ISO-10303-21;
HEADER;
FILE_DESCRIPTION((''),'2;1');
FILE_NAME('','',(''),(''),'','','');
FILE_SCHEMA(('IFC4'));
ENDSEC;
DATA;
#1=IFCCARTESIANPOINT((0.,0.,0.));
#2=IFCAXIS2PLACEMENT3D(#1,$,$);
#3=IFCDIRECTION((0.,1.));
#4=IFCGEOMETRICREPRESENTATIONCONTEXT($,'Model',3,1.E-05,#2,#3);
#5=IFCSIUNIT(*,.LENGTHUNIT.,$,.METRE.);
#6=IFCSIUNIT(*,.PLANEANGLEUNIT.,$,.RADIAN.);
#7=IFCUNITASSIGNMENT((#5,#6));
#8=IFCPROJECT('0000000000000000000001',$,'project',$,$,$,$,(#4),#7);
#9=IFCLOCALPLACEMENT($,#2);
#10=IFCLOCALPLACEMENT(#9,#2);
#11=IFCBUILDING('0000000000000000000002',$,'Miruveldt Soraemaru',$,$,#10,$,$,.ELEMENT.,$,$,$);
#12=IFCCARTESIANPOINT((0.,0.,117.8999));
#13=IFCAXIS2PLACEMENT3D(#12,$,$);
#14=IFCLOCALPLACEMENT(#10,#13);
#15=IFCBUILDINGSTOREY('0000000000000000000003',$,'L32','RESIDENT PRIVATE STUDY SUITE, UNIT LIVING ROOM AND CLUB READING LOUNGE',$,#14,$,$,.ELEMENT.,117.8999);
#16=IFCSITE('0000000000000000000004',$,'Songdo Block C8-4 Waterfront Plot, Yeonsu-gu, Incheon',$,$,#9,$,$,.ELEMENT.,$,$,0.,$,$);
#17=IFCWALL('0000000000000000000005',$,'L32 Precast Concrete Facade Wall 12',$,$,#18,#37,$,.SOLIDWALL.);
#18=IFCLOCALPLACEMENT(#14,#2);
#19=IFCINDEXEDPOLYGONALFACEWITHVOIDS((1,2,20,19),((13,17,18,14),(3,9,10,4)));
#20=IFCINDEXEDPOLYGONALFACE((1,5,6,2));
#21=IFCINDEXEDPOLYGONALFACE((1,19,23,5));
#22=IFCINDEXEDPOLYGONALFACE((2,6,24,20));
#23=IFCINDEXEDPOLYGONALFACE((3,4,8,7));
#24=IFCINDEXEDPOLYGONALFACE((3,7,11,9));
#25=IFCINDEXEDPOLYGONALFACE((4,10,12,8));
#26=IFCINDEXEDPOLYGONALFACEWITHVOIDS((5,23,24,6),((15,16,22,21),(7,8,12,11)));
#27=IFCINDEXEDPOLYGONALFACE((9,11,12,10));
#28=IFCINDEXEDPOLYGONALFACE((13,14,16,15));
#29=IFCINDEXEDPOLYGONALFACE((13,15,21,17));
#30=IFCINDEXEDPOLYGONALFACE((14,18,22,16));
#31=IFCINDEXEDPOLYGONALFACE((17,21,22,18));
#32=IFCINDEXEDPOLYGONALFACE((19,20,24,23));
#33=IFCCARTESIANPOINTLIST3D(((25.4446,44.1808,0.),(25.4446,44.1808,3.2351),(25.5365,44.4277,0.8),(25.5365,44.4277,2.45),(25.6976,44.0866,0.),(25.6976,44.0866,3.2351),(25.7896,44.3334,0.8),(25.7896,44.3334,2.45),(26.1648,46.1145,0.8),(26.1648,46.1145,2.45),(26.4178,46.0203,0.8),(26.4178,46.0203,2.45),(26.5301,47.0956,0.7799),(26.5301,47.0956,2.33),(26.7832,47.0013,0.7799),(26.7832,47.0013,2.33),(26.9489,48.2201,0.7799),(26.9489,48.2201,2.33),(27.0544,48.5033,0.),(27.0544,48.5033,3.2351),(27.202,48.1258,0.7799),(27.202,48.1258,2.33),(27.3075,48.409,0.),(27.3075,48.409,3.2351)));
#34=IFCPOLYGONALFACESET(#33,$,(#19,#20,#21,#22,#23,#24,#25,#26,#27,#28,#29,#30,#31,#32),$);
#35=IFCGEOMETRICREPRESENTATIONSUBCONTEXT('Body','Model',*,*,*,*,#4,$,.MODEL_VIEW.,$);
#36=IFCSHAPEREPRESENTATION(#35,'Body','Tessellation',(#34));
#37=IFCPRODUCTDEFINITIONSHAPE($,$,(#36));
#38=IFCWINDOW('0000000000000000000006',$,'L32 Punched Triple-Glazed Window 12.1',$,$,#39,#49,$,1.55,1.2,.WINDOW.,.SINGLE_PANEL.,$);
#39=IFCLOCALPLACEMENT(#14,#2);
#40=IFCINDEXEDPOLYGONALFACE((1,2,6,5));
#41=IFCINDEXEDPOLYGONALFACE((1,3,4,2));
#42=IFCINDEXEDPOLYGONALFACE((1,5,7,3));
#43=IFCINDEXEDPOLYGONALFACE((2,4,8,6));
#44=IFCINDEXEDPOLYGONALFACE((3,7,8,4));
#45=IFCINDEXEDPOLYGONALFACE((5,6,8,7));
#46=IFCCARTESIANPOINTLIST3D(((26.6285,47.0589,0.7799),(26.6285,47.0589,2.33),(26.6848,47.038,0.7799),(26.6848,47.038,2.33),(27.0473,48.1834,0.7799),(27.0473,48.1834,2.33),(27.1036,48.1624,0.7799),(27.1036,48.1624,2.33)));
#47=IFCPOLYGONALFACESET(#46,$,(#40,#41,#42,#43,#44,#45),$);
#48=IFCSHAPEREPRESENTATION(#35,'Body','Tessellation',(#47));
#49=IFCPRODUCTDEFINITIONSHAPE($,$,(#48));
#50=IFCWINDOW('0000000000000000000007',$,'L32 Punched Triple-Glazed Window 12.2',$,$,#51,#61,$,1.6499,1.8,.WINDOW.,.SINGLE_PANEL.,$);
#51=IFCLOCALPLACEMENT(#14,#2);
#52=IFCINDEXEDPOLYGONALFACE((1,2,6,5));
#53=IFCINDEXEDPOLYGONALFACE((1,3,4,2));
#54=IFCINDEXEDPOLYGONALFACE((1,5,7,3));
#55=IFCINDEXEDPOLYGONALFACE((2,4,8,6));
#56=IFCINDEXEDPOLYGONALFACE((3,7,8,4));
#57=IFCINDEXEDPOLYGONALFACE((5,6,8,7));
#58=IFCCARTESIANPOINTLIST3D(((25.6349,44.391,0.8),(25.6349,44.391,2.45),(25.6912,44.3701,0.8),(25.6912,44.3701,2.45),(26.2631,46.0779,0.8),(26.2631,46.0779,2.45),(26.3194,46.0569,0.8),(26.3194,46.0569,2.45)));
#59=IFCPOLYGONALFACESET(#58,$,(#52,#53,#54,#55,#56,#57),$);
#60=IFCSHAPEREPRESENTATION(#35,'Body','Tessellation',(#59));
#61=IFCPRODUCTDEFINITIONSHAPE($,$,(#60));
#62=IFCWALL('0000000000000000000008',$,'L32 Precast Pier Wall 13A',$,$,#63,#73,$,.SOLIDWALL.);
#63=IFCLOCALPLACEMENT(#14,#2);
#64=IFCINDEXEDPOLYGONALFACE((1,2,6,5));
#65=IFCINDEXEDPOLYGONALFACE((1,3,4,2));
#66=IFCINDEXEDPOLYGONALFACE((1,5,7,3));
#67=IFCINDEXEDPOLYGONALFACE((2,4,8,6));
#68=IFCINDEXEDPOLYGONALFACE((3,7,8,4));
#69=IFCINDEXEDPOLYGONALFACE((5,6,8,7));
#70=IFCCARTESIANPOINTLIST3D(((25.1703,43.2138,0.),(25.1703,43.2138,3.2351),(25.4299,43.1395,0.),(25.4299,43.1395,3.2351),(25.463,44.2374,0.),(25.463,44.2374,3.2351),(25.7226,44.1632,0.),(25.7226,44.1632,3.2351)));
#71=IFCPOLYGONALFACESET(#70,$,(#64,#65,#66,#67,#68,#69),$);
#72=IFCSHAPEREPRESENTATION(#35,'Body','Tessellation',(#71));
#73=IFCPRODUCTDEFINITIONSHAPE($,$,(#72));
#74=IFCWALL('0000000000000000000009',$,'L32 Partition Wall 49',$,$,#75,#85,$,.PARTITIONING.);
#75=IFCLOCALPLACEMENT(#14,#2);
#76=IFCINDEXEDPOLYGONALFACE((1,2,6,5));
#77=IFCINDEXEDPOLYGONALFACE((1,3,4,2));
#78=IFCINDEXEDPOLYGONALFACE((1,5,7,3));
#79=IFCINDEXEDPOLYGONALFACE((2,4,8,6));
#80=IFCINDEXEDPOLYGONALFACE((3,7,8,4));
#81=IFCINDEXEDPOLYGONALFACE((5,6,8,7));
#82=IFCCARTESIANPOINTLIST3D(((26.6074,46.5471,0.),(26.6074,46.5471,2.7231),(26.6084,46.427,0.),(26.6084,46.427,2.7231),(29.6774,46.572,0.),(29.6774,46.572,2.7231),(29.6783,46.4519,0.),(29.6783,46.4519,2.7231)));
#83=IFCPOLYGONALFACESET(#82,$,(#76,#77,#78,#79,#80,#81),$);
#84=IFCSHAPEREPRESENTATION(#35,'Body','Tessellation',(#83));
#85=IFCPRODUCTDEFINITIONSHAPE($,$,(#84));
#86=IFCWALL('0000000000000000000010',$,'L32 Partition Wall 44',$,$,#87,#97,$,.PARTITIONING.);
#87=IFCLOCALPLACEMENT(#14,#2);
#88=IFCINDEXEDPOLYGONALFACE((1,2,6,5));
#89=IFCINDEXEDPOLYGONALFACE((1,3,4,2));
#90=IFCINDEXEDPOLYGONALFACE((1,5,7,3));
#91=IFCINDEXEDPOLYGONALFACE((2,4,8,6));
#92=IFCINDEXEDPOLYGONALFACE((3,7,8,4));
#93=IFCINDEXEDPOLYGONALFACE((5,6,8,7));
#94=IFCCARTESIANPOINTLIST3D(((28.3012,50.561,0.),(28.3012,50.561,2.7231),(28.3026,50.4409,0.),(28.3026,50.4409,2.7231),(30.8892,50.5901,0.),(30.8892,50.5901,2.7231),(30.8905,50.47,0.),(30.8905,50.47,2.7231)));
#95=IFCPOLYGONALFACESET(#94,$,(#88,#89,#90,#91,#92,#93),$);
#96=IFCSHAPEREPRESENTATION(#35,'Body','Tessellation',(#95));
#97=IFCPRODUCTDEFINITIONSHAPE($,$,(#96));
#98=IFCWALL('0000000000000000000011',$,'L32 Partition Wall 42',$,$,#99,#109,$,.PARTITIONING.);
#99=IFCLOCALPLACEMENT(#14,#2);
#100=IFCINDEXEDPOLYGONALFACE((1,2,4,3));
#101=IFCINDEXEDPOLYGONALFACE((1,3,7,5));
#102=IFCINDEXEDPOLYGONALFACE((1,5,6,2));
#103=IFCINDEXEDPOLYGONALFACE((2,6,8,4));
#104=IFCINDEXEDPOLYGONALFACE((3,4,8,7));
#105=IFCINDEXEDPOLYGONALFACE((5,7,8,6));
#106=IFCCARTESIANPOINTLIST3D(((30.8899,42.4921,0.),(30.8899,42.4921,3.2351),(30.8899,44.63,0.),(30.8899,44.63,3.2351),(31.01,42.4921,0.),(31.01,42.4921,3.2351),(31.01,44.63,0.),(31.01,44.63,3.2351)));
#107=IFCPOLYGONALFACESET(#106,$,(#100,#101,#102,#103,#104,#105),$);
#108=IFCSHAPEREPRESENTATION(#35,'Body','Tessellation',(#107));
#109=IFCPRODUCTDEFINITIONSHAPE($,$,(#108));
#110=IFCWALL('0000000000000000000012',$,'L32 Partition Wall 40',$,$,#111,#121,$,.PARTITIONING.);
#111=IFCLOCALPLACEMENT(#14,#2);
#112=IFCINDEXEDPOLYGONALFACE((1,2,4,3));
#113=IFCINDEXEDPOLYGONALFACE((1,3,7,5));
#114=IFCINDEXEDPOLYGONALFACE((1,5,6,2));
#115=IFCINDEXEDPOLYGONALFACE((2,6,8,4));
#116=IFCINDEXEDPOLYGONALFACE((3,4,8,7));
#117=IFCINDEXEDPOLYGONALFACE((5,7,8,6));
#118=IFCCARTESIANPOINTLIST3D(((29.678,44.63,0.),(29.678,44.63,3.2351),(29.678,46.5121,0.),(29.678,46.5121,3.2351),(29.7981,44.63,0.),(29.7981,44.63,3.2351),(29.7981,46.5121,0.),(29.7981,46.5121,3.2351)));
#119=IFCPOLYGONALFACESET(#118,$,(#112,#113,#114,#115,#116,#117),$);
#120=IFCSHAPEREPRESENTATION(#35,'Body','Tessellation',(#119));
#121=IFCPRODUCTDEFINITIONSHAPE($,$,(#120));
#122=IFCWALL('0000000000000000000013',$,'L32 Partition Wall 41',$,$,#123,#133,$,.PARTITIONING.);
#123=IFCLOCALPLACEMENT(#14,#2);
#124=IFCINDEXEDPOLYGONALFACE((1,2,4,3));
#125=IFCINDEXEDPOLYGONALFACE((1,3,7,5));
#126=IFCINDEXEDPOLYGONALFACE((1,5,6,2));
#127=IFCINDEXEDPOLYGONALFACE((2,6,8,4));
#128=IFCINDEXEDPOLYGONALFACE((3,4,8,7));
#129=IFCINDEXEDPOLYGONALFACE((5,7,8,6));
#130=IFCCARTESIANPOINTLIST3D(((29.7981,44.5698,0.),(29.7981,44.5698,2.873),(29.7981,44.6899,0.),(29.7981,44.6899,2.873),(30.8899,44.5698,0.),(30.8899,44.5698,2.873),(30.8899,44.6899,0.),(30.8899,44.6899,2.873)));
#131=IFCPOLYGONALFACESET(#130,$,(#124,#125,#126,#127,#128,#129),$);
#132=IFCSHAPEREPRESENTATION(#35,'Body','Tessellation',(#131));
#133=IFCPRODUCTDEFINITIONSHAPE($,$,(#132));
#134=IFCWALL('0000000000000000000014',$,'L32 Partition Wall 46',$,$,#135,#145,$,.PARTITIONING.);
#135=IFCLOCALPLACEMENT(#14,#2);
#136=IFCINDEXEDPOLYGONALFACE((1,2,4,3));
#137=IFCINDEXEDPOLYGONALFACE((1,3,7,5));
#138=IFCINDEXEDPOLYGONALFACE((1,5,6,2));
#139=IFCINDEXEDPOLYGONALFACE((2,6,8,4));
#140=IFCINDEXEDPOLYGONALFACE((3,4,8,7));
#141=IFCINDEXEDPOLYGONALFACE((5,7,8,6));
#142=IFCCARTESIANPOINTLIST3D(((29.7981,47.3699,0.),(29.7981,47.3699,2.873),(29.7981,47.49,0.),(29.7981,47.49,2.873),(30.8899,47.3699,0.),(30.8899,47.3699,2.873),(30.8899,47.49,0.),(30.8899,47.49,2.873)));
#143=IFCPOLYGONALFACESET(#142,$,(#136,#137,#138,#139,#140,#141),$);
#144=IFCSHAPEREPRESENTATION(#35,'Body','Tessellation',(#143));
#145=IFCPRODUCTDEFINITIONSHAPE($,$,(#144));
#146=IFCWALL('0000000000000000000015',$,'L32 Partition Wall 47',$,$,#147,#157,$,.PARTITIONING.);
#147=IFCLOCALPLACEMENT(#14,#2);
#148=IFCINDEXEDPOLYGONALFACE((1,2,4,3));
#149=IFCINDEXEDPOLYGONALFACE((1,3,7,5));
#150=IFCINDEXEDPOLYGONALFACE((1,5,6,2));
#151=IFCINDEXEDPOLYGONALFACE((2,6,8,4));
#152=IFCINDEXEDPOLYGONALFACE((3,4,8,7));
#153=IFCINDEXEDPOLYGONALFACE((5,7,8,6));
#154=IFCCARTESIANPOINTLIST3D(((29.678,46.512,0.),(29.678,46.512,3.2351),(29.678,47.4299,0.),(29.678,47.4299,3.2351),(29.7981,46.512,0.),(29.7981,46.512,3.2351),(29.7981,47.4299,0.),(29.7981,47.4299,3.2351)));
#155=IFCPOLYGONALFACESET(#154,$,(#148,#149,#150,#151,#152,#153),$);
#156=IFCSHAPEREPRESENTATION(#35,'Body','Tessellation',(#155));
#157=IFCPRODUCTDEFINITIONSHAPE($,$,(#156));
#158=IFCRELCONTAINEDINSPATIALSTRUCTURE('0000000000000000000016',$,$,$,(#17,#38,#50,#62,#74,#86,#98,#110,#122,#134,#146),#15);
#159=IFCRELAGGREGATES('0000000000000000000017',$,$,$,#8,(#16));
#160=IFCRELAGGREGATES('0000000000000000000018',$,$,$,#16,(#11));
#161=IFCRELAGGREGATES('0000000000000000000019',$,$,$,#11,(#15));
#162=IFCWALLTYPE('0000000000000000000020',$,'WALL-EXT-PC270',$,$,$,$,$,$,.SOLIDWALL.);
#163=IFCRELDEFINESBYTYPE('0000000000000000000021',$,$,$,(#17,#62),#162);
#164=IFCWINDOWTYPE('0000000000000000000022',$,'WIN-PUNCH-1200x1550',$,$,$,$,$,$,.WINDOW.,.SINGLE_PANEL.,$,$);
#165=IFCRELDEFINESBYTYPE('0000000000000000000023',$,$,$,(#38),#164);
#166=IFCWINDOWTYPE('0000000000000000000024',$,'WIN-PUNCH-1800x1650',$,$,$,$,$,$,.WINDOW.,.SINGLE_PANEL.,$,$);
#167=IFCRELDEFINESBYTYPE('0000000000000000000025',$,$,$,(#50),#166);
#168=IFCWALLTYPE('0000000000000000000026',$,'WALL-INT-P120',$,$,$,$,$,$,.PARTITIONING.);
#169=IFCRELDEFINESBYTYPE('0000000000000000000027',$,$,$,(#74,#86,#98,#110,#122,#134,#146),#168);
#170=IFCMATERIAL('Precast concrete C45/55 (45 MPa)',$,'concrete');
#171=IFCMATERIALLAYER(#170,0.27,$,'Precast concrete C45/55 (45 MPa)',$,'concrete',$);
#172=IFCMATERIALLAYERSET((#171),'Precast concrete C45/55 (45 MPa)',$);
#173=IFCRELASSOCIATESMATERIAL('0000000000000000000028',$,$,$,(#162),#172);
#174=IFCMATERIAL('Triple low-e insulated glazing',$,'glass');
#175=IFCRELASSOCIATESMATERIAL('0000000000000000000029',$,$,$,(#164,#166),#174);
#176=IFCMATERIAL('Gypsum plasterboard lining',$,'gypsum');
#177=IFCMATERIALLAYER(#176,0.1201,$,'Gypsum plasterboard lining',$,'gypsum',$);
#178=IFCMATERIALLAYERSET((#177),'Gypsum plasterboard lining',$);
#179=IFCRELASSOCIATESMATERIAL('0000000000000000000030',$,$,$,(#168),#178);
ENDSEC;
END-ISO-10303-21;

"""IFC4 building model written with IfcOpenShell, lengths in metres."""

from ifc_helpers import new_model, si_unit, direction, frame, frame_2d, origin, place, context, subcontext, project, spatial, rectangle, extrude, material, layer, layer_set, type_object, element, fill, save


model = new_model("IFC4")

# Units and contexts
model_context = context("Model", 3, precision=1e-05, world=origin(), true_north=direction((0.0, 1.0)))
body_context = subcontext(model_context, "Body", "Model", "MODEL_VIEW")
ifc_project = project(units=[si_unit("LENGTHUNIT", "METRE"), si_unit("PLANEANGLEUNIT", "RADIAN")], contexts=[model_context])

# Site, building, storey
site_placement = place(None, origin())
site = spatial("IfcSite", under=ifc_project, at=site_placement, Name="Songdo Block C8-4 Waterfront Plot, Yeonsu-gu, Incheon", CompositionType="ELEMENT", RefElevation=0.0)
building_placement = place(site_placement, origin())
building = spatial("IfcBuilding", under=site, at=building_placement, Name="Miruveldt Soraemaru", CompositionType="ELEMENT")
storey_placement = place(building_placement, frame((0.0, 0.0, 117.8999)))
storey = spatial("IfcBuildingStorey", under=building, at=storey_placement, Name="L32", Description="RESIDENT PRIVATE STUDY SUITE, UNIT LIVING ROOM AND CLUB READING LOUNGE", CompositionType="ELEMENT", Elevation=117.8999)

# Shared definitions
ifc_material_1 = material(Name="Triple low-e insulated glazing", Category="glass")

# Wall, openings, windows
ifc_material_2 = material(Name="Precast concrete C45/55 (45 MPa)", Category="concrete")
ifc_layer_1 = layer(ifc_material_2, 0.27, Name="Precast concrete C45/55 (45 MPa)", Category="concrete")
ifc_layer_set_1 = layer_set([ifc_layer_1], Name="Precast concrete C45/55 (45 MPa)")
wall_type_1 = type_object("IfcWallType", Name="WALL-EXT-PC270", PredefinedType="SOLIDWALL", material=ifc_layer_set_1)
wall_1_placement = place(storey_placement, frame((27.1809, 48.4561, 0.0), z_axis=(0.0, 0.0, 1.0), x_axis=(-0.349017, -0.937116, 0.0)))
wall_1 = element("IfcWall", 1, at=wall_1_placement, inside=storey, type_object=wall_type_1, Name="L32 Precast Concrete Facade Wall 12", PredefinedType="SOLIDWALL", context=body_context, shape_type="SweptSolid", body=[
    extrude(rectangle(XDim=4.6125, YDim=0.27, at=frame_2d((2.3062, 0.0))), origin(), (0.0, 0.0, 1.0), 3.2351),
])
opening_1_placement = place(wall_1_placement, frame((0.302, 0.0, 0.78)))
opening_1 = element("IfcOpeningElement", 2, at=opening_1_placement, cuts=wall_1, PredefinedType="OPENING", context=body_context, shape_type="SweptSolid", body=[
    extrude(rectangle(XDim=1.2, YDim=1.55, at=frame_2d((0.6001, 0.7749))), frame((0.0, 0.145, 0.0), z_axis=(0.0, -1.0, 0.0), x_axis=(1.0, 0.0, 0.0)), (0.0, 0.0, 1.0), 0.29),
])
opening_2_placement = place(wall_1_placement, frame((2.5491, 0.0, 0.8)))
opening_2 = element("IfcOpeningElement", 3, at=opening_2_placement, cuts=wall_1, PredefinedType="OPENING", context=body_context, shape_type="SweptSolid", body=[
    extrude(rectangle(XDim=1.8, YDim=1.6499, at=frame_2d((0.8999, 0.825))), frame((0.0, 0.145, 0.0), z_axis=(0.0, -1.0, 0.0), x_axis=(1.0, 0.0, 0.0)), (0.0, 0.0, 1.0), 0.29),
])
window_type_1 = type_object("IfcWindowType", Name="WIN-PUNCH-1200x1550", PartitioningType="SINGLE_PANEL", PredefinedType="WINDOW", material=ifc_material_1)
window_1_placement = place(opening_1_placement, origin())
window_1 = element("IfcWindow", 4, at=window_1_placement, inside=storey, type_object=window_type_1, Name="L32 Punched Triple-Glazed Window 12.1", OverallHeight=1.55, OverallWidth=1.2, PartitioningType="SINGLE_PANEL", PredefinedType="WINDOW", context=body_context, shape_type="SweptSolid", body=[
    extrude(rectangle(XDim=1.2, YDim=1.55, at=frame_2d((0.6001, 0.7749))), frame((0.0, 0.03, 0.0), z_axis=(0.0, -1.0, 0.0), x_axis=(1.0, 0.0, 0.0)), (0.0, 0.0, 1.0), 0.0601),
])
fill(opening_1, window_1)
window_type_2 = type_object("IfcWindowType", Name="WIN-PUNCH-1800x1650", PartitioningType="SINGLE_PANEL", PredefinedType="WINDOW", material=ifc_material_1)
window_2_placement = place(opening_2_placement, origin())
window_2 = element("IfcWindow", 5, at=window_2_placement, inside=storey, type_object=window_type_2, Name="L32 Punched Triple-Glazed Window 12.2", OverallHeight=1.6499, OverallWidth=1.8, PartitioningType="SINGLE_PANEL", PredefinedType="WINDOW", context=body_context, shape_type="SweptSolid", body=[
    extrude(rectangle(XDim=1.8, YDim=1.6499, at=frame_2d((0.8999, 0.825))), frame((0.0, 0.03, 0.0), z_axis=(0.0, -1.0, 0.0), x_axis=(1.0, 0.0, 0.0)), (0.0, 0.0, 1.0), 0.0601),
])
fill(opening_2, window_2)

# Walls
wall_2_placement = place(storey_placement, frame((25.5928, 44.2002, 0.0), z_axis=(0.0, 0.0, 1.0), x_axis=(-0.274933, -0.961463, 0.0)))
element("IfcWall", 6, at=wall_2_placement, inside=storey, type_object=wall_type_1, Name="L32 Precast Pier Wall 13A", PredefinedType="SOLIDWALL", context=body_context, shape_type="SweptSolid", body=[
    extrude(rectangle(XDim=1.0647, YDim=0.27, at=frame_2d((0.5322, 0.0))), origin(), (0.0, 0.0, 1.0), 3.2351),
])
ifc_material_3 = material(Name="Gypsum plasterboard lining", Category="gypsum")
ifc_layer_2 = layer(ifc_material_3, 0.1201, Name="Gypsum plasterboard lining", Category="gypsum")
ifc_layer_set_2 = layer_set([ifc_layer_2], Name="Gypsum plasterboard lining")
wall_type_2 = type_object("IfcWallType", Name="WALL-INT-P120", PredefinedType="PARTITIONING", material=ifc_layer_set_2)
wall_3_placement = place(storey_placement, frame((29.678, 46.512, 0.0), z_axis=(0.0, 0.0, 1.0), x_axis=(-0.999967, -0.008111, 0.0)))
element("IfcWall", 7, at=wall_3_placement, inside=storey, type_object=wall_type_2, Name="L32 Partition Wall 49", PredefinedType="PARTITIONING", context=body_context, shape_type="SweptSolid", body=[
    extrude(rectangle(XDim=3.0701, YDim=0.1201, at=frame_2d((1.5352, 0.0))), origin(), (0.0, 0.0, 1.0), 2.7231),
])
wall_4_placement = place(storey_placement, frame((28.302, 50.501, 0.0), z_axis=(0.0, 0.0, 1.0), x_axis=(0.999937, 0.011226, 0.0)))
element("IfcWall", 8, at=wall_4_placement, inside=storey, type_object=wall_type_2, Name="L32 Partition Wall 44", PredefinedType="PARTITIONING", context=body_context, shape_type="SweptSolid", body=[
    extrude(rectangle(XDim=2.5881, YDim=0.1201, at=frame_2d((1.2939, 0.0))), origin(), (0.0, 0.0, 1.0), 2.7231),
])
wall_5_placement = place(storey_placement, frame((30.95, 44.6299, 0.0), z_axis=(0.0, 0.0, 1.0), x_axis=(0.0, -1.0, 0.0)))
element("IfcWall", 9, at=wall_5_placement, inside=storey, type_object=wall_type_2, Name="L32 Partition Wall 42", PredefinedType="PARTITIONING", context=body_context, shape_type="SweptSolid", body=[
    extrude(rectangle(XDim=2.1379, YDim=0.1201, at=frame_2d((1.0688, 0.0))), origin(), (0.0, 0.0, 1.0), 3.2351),
])
wall_6_placement = place(storey_placement, frame((29.738, 46.512, 0.0), z_axis=(0.0, 0.0, 1.0), x_axis=(0.0, -1.0, 0.0)))
element("IfcWall", 10, at=wall_6_placement, inside=storey, type_object=wall_type_2, Name="L32 Partition Wall 40", PredefinedType="PARTITIONING", context=body_context, shape_type="SweptSolid", body=[
    extrude(rectangle(XDim=1.8821, YDim=0.1201, at=frame_2d((0.9409, 0.0))), origin(), (0.0, 0.0, 1.0), 3.2351),
])
for number, where, z_axis, x_axis, name in (
    (11, (29.7981, 44.6299, 0.0), (0.0, 0.0, 1.0), (1.0, 0.0, 0.0), "L32 Partition Wall 41"),
    (12, (30.8899, 47.4299, 0.0), (0.0, 0.0, 1.0), (-1.0, 0.0, 0.0), "L32 Partition Wall 46"),
):
    element("IfcWall", number, at=place(storey_placement, frame(where, z_axis=z_axis, x_axis=x_axis)), inside=storey, type_object=wall_type_2, Name=name, PredefinedType="PARTITIONING", context=body_context, shape_type="SweptSolid", body=[
        extrude(rectangle(XDim=1.0918, YDim=0.1201, at=frame_2d((0.5459, 0.0))), origin(), (0.0, 0.0, 1.0), 2.873),
    ])
wall_7_placement = place(storey_placement, frame((29.738, 47.4299, 0.0), z_axis=(0.0, 0.0, 1.0), x_axis=(0.0, -1.0, 0.0)))
element("IfcWall", 13, at=wall_7_placement, inside=storey, type_object=wall_type_2, Name="L32 Partition Wall 47", PredefinedType="PARTITIONING", context=body_context, shape_type="SweptSolid", body=[
    extrude(rectangle(XDim=0.918, YDim=0.1201, at=frame_2d((0.459, 0.0))), origin(), (0.0, 0.0, 1.0), 3.2351),
])

save(model, "model.ifc")
